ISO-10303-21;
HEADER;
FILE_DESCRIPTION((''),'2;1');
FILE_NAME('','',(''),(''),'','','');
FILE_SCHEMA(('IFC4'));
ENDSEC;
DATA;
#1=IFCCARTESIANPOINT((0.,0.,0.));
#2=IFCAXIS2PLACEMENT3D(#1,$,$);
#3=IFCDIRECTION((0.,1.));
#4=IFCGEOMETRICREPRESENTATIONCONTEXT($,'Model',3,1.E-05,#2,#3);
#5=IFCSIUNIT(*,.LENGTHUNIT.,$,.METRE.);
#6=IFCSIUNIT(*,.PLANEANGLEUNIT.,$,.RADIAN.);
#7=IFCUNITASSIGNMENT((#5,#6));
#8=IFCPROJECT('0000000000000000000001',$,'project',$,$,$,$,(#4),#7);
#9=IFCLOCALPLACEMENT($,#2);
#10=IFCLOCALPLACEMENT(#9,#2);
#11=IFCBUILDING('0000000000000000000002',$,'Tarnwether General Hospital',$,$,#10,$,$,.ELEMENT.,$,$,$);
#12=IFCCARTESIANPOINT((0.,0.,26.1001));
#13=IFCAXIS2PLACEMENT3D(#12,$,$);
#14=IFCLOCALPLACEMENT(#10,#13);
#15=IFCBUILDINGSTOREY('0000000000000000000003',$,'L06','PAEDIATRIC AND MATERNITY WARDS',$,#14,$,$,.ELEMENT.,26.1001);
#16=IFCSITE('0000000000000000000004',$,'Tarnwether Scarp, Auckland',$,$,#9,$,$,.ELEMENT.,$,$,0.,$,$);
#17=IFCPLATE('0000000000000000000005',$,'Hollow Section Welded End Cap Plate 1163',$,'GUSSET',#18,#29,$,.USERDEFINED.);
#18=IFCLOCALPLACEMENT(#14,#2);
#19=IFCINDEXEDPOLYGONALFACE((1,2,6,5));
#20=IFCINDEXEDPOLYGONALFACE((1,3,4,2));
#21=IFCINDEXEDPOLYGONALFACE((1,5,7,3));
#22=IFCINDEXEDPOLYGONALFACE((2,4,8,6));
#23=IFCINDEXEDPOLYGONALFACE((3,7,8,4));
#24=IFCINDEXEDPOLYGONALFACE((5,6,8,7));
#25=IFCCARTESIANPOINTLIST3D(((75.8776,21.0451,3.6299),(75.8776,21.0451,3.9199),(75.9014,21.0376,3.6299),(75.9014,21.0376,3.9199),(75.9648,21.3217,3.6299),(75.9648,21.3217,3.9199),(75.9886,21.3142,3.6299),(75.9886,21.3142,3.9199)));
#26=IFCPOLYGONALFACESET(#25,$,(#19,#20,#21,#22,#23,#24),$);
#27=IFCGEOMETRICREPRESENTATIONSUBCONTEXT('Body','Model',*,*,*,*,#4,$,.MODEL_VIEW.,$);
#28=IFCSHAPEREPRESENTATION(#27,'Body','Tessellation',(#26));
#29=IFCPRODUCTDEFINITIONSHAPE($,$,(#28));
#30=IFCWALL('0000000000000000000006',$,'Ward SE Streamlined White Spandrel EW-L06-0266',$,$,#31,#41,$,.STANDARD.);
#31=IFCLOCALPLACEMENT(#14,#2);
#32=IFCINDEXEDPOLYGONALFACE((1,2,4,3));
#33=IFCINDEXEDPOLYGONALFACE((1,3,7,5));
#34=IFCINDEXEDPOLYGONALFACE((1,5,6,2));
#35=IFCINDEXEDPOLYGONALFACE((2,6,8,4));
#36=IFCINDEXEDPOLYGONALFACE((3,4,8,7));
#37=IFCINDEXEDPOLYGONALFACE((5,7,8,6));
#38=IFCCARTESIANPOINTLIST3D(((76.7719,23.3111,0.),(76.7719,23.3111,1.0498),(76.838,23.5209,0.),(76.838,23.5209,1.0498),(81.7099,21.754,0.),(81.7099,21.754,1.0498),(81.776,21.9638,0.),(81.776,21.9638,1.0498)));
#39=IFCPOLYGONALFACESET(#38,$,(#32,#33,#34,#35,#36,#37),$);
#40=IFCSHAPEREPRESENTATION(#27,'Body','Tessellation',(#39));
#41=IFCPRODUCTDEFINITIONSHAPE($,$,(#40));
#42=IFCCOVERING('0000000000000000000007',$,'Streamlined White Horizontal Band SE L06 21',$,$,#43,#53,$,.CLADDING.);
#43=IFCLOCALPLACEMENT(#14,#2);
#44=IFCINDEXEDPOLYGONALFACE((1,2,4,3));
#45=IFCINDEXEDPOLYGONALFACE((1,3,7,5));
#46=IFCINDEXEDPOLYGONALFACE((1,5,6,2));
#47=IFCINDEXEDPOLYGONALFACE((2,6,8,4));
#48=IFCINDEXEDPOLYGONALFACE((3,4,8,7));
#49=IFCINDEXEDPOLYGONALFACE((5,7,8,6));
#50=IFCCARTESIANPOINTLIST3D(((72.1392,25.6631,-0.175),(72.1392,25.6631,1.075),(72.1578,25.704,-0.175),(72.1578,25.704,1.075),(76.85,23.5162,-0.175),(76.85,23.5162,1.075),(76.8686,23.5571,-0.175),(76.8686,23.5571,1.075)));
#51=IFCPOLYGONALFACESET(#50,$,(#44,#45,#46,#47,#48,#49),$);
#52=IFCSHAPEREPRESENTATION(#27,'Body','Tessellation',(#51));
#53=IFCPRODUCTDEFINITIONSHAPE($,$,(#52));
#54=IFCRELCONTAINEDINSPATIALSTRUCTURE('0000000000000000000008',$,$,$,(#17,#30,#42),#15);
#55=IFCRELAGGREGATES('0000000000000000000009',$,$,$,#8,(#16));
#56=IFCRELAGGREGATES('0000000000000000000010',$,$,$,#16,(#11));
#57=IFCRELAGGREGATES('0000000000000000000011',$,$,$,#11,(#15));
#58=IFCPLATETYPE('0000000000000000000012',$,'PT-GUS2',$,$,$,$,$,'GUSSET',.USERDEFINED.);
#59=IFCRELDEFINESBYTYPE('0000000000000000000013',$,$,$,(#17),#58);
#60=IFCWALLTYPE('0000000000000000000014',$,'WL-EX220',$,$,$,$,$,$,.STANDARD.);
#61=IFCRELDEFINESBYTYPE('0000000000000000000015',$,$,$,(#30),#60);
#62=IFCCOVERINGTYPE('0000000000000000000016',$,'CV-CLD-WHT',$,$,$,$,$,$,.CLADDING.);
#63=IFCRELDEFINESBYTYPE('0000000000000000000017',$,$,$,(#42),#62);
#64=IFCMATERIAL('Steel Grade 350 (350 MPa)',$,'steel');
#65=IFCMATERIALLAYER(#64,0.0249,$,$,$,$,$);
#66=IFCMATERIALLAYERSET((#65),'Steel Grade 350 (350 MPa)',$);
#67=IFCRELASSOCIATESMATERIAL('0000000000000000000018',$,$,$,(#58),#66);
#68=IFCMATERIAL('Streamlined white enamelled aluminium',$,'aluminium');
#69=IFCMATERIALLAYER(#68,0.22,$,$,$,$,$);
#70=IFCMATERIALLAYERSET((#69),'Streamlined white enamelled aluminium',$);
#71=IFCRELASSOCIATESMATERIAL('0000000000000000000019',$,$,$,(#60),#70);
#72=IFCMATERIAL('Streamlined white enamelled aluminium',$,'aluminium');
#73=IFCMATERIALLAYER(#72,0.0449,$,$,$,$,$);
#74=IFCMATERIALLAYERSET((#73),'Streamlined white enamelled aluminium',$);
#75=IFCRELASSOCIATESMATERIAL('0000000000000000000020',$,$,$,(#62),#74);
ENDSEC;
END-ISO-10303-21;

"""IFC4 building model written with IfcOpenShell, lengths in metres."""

from ifc_helpers import new_model, si_unit, direction, frame, frame_2d, origin, origin_2d, place, context, subcontext, project, spatial, rectangle, extrude, material, layer, layer_set, type_object, element, save


model = new_model("IFC4")

# Units and contexts
model_context = context("Model", 3, precision=1e-05, world=origin(), true_north=direction((0.0, 1.0)))
body_context = subcontext(model_context, "Body", "Model", "MODEL_VIEW")
ifc_project = project(units=[si_unit("LENGTHUNIT", "METRE"), si_unit("PLANEANGLEUNIT", "RADIAN")], contexts=[model_context])

# Site, building, storey
site_placement = place(None, origin())
site = spatial("IfcSite", under=ifc_project, at=site_placement, Name="Tarnwether Scarp, Auckland", CompositionType="ELEMENT", RefElevation=0.0)
building_placement = place(site_placement, origin())
building = spatial("IfcBuilding", under=site, at=building_placement, Name="Tarnwether General Hospital", CompositionType="ELEMENT")
storey_placement = place(building_placement, frame((0.0, 0.0, 26.1001)))
storey = spatial("IfcBuildingStorey", under=building, at=storey_placement, Name="L06", Description="PAEDIATRIC AND MATERNITY WARDS", CompositionType="ELEMENT", Elevation=26.1001)

# Plate
ifc_material_1 = material(Name="Steel Grade 350 (350 MPa)", Category="steel")
ifc_layer_1 = layer(ifc_material_1, 0.0249)
ifc_layer_set_1 = layer_set([ifc_layer_1], Name="Steel Grade 350 (350 MPa)")
plate_type_1 = type_object("IfcPlateType", Name="PT-GUS2", ElementType="GUSSET", PredefinedType="USERDEFINED", material=ifc_layer_set_1)
plate_1_placement = place(storey_placement, frame((75.9331, 21.1797, 3.6299), z_axis=(0.0, 0.0, 1.0), x_axis=(0.953712, -0.300722, 0.0)))
element("IfcPlate", 1, at=plate_1_placement, inside=storey, type_object=plate_type_1, Name="Hollow Section Welded End Cap Plate 1163", ObjectType="GUSSET", PredefinedType="USERDEFINED", context=body_context, shape_type="SweptSolid", body=[
    extrude(rectangle(XDim=0.0249, YDim=0.29, at=origin_2d()), origin(), (0.0, 0.0, 1.0), 0.29),
])

# Wall
ifc_material_2 = material(Name="Streamlined white enamelled aluminium", Category="aluminium")
ifc_layer_2 = layer(ifc_material_2, 0.22)
ifc_layer_set_2 = layer_set([ifc_layer_2], Name="Streamlined white enamelled aluminium")
wall_type = type_object("IfcWallType", Name="WL-EX220", PredefinedType="STANDARD", material=ifc_layer_set_2)
wall_placement = place(storey_placement, frame((76.8049, 23.416, 0.0), z_axis=(0.0, 0.0, 1.0), x_axis=(0.953707, -0.300739, 0.0)))
element("IfcWall", 2, at=wall_placement, inside=storey, type_object=wall_type, Name="Ward SE Streamlined White Spandrel EW-L06-0266", PredefinedType="STANDARD", context=body_context, shape_type="SweptSolid", body=[
    extrude(rectangle(XDim=5.1777, YDim=0.22, at=frame_2d((2.5889, 0.0))), origin(), (0.0, 0.0, 1.0), 1.0498),
])

# Covering
ifc_material_3 = material(Name="Streamlined white enamelled aluminium", Category="aluminium")
ifc_layer_3 = layer(ifc_material_3, 0.0449)
ifc_layer_set_3 = layer_set([ifc_layer_3], Name="Streamlined white enamelled aluminium")
covering_type = type_object("IfcCoveringType", Name="CV-CLD-WHT", PredefinedType="CLADDING", material=ifc_layer_set_3)
covering_placement = place(storey_placement, frame((74.5039, 24.6101, -0.175), z_axis=(0.0, 0.0, 1.0), x_axis=(0.909954, -0.414709, 0.0)))
element("IfcCovering", 3, at=covering_placement, inside=storey, type_object=covering_type, Name="Streamlined White Horizontal Band SE L06 21", PredefinedType="CLADDING", context=body_context, shape_type="SweptSolid", body=[
    extrude(rectangle(XDim=5.177, YDim=0.0449, at=origin_2d()), origin(), (0.0, 0.0, 1.0), 1.25),
])

save(model, "model.ifc")
